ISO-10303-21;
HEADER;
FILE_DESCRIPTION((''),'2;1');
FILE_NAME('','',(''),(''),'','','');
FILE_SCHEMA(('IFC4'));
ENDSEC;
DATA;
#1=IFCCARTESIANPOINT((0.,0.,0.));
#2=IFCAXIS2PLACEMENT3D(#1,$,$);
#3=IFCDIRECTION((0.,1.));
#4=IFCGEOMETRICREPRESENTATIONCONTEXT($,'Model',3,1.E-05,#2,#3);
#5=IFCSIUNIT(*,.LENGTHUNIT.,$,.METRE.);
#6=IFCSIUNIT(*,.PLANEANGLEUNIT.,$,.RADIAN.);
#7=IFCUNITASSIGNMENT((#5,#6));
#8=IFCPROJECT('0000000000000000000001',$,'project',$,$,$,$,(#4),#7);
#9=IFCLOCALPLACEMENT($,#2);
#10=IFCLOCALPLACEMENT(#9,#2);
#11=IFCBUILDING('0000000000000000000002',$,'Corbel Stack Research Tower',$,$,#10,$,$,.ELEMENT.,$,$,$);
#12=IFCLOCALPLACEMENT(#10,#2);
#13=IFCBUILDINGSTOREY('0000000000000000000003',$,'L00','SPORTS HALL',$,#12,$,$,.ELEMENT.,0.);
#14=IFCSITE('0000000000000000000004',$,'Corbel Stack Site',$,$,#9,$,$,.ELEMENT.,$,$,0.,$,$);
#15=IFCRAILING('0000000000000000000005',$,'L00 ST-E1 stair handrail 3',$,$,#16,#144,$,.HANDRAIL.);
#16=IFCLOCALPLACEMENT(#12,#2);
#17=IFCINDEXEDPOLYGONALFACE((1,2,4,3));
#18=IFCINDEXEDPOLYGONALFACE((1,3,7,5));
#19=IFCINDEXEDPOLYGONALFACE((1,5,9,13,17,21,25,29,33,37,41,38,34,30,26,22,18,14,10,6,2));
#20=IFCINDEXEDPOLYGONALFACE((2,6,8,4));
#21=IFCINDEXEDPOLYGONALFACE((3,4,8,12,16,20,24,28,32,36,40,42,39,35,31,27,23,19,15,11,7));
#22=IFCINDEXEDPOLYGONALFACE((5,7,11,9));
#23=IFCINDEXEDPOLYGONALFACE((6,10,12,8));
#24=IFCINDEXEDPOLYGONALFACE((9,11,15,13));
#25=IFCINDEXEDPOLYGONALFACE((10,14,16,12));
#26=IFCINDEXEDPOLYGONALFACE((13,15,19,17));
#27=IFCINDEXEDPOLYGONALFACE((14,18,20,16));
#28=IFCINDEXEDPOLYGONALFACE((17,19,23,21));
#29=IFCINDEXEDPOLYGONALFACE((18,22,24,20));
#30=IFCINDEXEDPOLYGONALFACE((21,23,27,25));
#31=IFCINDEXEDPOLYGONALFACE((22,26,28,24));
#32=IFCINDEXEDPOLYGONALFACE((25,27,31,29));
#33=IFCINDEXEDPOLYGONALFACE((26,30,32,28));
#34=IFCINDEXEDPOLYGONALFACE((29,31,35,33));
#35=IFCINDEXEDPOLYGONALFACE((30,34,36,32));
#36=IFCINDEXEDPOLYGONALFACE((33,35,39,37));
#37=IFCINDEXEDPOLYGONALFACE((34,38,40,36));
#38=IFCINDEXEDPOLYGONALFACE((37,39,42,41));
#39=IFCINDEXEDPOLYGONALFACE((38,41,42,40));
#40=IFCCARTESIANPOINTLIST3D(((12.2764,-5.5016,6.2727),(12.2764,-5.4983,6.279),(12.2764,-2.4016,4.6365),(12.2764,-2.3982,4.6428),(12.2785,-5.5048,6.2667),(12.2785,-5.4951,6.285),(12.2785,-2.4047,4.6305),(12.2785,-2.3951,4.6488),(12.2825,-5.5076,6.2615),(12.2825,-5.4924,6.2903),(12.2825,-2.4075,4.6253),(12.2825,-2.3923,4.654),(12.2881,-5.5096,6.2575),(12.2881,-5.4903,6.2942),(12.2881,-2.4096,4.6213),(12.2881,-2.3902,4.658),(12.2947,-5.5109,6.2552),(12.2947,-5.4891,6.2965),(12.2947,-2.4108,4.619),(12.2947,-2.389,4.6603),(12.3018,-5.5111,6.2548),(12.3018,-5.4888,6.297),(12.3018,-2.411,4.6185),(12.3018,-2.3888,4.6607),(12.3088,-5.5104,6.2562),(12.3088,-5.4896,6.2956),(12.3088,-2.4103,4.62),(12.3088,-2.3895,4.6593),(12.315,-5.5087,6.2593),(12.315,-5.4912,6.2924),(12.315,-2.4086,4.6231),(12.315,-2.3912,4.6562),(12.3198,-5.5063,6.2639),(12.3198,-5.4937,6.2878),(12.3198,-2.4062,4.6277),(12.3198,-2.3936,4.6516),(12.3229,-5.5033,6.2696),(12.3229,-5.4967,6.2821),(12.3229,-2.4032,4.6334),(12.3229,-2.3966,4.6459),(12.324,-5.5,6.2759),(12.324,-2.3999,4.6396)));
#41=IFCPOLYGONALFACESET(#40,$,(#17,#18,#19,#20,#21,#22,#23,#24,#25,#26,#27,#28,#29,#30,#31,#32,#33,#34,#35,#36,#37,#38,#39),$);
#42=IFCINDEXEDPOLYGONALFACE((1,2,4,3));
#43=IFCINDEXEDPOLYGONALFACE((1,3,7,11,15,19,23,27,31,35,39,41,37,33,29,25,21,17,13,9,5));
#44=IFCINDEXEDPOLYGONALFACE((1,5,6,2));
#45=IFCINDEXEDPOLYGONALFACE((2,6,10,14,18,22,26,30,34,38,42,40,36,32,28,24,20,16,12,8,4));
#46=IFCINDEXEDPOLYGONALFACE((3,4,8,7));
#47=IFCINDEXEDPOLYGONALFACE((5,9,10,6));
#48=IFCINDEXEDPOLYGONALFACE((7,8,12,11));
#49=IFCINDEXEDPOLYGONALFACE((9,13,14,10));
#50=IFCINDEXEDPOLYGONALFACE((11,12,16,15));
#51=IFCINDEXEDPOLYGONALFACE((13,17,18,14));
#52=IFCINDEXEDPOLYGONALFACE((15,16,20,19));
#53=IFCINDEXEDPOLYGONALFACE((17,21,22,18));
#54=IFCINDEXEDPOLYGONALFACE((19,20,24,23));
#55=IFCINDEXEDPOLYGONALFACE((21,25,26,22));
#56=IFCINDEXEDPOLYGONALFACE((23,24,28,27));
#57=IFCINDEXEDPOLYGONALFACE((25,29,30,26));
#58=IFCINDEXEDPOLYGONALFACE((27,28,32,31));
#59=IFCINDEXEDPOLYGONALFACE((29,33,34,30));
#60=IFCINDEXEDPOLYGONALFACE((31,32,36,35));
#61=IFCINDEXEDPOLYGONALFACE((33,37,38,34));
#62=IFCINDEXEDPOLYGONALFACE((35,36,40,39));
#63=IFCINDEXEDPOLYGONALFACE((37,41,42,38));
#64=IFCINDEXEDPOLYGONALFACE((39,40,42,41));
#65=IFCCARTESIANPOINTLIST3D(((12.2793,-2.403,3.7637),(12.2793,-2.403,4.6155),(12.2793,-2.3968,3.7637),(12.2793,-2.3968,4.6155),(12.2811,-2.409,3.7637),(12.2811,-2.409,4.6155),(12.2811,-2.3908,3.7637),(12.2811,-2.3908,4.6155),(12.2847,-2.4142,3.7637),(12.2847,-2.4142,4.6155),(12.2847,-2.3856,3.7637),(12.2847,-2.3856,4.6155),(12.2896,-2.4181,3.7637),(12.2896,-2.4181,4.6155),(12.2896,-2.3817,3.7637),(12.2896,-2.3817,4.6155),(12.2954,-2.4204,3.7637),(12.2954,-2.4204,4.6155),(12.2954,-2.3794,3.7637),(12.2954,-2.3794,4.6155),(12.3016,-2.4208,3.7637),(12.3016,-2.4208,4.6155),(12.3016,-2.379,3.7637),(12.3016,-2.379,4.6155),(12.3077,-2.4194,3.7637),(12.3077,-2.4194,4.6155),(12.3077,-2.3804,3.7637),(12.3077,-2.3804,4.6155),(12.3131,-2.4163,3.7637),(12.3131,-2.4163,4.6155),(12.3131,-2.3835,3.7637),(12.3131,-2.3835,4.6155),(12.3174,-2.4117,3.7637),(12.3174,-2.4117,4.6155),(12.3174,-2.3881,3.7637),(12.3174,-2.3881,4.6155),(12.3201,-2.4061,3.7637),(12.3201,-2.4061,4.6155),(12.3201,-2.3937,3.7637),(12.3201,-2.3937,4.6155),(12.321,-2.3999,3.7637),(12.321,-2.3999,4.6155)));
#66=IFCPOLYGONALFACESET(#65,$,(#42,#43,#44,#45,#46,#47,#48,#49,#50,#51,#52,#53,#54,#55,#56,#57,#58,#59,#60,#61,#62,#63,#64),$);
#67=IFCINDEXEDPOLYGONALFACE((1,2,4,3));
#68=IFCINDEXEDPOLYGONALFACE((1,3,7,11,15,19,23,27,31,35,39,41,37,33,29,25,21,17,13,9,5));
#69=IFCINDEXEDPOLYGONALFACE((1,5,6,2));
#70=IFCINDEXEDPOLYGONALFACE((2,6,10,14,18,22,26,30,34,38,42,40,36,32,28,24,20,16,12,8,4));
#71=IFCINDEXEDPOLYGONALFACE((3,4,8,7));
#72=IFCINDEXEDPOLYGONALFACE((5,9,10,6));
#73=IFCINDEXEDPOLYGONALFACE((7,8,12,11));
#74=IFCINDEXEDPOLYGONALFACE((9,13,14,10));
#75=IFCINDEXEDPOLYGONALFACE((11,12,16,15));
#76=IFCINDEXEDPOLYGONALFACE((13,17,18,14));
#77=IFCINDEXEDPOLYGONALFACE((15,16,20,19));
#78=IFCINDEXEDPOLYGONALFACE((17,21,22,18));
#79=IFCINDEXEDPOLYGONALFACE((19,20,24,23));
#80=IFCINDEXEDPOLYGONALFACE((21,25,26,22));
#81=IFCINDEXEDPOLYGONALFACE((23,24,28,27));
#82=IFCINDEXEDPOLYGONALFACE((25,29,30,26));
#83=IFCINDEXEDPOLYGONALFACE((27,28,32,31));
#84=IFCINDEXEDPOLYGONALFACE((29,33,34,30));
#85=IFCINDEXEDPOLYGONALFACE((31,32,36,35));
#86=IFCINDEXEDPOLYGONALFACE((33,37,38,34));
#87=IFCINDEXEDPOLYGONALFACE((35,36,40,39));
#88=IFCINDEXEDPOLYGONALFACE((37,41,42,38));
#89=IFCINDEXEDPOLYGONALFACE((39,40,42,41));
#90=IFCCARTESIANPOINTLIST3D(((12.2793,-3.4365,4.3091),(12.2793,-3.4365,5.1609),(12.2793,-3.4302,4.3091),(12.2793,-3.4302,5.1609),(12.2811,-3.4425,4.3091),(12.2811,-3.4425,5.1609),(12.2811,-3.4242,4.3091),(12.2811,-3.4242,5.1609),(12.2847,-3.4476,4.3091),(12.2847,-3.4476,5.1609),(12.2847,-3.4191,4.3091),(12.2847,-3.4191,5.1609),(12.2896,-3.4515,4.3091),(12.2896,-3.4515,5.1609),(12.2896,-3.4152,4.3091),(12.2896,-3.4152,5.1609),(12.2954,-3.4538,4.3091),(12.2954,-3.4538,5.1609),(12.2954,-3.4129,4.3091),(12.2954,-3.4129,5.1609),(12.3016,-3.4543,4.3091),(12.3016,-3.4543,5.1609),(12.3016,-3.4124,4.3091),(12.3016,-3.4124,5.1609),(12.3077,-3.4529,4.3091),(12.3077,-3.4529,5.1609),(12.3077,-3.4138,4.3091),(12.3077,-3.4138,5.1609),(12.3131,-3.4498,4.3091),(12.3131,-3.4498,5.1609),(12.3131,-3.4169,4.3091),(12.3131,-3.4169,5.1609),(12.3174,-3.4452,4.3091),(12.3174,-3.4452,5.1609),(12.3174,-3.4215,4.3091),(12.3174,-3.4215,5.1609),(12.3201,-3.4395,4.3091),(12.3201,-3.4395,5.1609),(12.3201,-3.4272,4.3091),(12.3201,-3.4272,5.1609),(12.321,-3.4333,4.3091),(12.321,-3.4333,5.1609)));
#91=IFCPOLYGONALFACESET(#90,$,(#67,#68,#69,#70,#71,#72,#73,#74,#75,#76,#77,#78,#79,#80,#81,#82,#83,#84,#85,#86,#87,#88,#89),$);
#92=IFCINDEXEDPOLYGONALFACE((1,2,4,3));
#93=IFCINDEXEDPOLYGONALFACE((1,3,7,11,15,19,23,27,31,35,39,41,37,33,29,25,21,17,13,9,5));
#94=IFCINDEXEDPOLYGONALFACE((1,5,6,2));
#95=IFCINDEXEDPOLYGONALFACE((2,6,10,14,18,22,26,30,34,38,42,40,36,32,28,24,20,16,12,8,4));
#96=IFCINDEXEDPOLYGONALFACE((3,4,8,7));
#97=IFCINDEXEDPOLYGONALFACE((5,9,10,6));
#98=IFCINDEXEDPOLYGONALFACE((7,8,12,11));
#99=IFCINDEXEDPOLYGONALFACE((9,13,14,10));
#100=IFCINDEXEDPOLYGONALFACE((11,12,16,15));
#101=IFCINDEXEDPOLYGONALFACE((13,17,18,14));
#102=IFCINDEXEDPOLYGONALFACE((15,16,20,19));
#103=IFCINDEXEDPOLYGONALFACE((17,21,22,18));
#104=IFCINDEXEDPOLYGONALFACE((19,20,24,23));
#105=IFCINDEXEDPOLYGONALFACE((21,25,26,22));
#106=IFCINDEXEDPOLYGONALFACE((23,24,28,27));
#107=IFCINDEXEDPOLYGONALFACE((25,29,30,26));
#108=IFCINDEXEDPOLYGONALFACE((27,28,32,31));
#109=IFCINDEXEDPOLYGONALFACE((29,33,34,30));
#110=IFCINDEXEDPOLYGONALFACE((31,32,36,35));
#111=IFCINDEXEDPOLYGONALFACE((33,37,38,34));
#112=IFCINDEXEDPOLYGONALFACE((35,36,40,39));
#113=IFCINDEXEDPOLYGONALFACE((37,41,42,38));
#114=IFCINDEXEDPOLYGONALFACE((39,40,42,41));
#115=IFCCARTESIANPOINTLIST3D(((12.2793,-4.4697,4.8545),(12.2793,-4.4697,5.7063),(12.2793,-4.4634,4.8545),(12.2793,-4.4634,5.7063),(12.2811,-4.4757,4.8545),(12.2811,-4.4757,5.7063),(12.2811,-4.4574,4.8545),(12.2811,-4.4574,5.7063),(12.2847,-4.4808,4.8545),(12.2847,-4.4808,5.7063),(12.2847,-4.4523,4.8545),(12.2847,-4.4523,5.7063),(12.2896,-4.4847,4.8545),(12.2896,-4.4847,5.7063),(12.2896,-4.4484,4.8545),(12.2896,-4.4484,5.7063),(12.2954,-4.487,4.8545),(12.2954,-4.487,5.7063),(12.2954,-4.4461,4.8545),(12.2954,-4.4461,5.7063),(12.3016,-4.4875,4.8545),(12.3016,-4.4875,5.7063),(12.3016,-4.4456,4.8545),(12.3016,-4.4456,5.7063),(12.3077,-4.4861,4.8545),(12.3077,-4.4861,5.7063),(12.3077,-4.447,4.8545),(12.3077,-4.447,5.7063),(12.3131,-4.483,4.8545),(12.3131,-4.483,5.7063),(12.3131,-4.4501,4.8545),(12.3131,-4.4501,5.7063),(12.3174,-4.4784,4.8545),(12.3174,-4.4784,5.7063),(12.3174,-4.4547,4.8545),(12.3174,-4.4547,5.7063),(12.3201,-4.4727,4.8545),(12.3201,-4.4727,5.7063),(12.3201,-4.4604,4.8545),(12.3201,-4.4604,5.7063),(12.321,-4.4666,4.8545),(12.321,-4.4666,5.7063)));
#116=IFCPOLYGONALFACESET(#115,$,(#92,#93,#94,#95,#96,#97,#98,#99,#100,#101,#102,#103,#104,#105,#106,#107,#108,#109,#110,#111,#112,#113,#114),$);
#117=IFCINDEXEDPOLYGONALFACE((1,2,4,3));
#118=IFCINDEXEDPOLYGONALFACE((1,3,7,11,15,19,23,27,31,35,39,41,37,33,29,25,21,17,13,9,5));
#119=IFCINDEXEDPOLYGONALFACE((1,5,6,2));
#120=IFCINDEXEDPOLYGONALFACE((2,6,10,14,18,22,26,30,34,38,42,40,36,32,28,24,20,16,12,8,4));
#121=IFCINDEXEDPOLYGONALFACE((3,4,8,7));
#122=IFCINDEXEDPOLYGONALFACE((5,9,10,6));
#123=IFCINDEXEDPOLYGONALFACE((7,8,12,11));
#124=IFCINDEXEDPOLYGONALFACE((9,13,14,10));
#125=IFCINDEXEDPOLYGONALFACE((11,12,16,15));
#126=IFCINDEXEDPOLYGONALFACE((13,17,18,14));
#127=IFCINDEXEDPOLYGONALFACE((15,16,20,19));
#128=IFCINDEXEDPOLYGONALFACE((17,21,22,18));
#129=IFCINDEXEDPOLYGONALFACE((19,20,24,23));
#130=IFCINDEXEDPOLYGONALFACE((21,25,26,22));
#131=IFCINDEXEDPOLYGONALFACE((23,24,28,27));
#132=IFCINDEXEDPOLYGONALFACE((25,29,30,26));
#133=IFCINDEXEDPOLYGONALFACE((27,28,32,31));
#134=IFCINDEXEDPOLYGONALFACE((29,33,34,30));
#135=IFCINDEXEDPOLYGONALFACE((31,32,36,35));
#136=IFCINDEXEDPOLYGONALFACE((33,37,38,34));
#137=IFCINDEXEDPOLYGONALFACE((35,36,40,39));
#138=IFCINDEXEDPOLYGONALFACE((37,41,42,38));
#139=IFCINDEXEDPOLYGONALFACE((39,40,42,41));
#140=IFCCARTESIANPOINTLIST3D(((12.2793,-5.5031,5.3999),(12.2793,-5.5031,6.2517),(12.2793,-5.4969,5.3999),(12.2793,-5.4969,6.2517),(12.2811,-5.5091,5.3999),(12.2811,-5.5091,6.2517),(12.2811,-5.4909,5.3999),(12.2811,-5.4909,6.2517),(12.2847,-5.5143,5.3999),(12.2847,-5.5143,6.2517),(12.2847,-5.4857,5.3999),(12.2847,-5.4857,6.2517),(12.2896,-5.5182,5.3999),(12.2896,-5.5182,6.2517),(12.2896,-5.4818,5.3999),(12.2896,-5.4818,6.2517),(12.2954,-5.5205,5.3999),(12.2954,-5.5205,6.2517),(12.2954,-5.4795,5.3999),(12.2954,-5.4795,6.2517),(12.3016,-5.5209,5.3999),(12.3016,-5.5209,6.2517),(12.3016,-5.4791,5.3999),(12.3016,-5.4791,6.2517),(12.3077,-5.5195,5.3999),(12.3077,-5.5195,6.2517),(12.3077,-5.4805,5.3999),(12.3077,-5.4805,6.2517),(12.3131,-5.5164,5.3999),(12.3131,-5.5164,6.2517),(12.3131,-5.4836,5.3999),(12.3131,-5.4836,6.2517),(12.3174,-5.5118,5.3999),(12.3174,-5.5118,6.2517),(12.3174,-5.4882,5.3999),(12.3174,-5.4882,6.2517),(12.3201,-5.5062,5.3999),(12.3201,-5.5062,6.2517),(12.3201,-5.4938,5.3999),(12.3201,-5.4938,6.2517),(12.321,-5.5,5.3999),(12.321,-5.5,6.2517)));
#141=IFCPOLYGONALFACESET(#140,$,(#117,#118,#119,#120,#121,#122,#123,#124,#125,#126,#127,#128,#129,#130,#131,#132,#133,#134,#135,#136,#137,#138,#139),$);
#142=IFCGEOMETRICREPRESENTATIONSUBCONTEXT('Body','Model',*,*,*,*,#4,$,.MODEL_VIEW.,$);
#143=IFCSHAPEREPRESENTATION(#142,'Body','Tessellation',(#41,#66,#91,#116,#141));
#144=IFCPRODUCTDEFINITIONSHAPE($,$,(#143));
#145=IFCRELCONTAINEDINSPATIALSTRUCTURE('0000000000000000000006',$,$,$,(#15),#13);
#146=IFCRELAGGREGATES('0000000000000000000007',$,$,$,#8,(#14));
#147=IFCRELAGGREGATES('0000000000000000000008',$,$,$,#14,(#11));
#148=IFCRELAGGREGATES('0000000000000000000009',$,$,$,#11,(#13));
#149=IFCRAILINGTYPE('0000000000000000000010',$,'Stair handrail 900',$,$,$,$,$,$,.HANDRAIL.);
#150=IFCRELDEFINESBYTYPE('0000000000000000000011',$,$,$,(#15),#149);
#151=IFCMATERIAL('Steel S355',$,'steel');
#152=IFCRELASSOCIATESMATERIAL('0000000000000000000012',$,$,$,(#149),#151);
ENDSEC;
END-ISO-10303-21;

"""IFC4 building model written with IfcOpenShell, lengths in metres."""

from ifc_helpers import new_model, si_unit, direction, frame, origin, origin_2d, place, context, subcontext, project, spatial, circle, extrude, material, type_object, element, save


model = new_model("IFC4")

# Units and contexts
model_context = context("Model", 3, precision=1e-05, world=origin(), true_north=direction((0.0, 1.0)))
body_context = subcontext(model_context, "Body", "Model", "MODEL_VIEW")
ifc_project = project(units=[si_unit("LENGTHUNIT", "METRE"), si_unit("PLANEANGLEUNIT", "RADIAN")], contexts=[model_context])

# Site, building, storey
site_placement = place(None, origin())
site = spatial("IfcSite", under=ifc_project, at=site_placement, Name="Corbel Stack Site", CompositionType="ELEMENT", RefElevation=0.0)
building_placement = place(site_placement, origin())
building = spatial("IfcBuilding", under=site, at=building_placement, Name="Corbel Stack Research Tower", CompositionType="ELEMENT")
storey_placement = place(building_placement, origin())
storey = spatial("IfcBuildingStorey", under=building, at=storey_placement, Name="L00", Description="SPORTS HALL", CompositionType="ELEMENT", Elevation=0.0)

# Railing
ifc_material_1 = material(Name="Steel S355", Category="steel")
railing_type_1 = type_object("IfcRailingType", Name="Stair handrail 900", PredefinedType="HANDRAIL", material=ifc_material_1)
railing_1_placement = place(storey_placement, frame((12.3, -2.3999, 3.7637)))
element("IfcRailing", 1, at=railing_1_placement, inside=storey, type_object=railing_type_1, Name="L00 ST-E1 stair handrail 3", PredefinedType="HANDRAIL", context=body_context, shape_type="SweptSolid", body=[
    extrude(circle(Radius=0.0239, at=origin_2d()), frame((0.0, 0.0, 0.876), z_axis=(0.0, -0.884377, 0.466774), x_axis=(1.0, 0.0, 0.0)), (0.0, 0.0, 1.0), 3.5054),
    extrude(circle(Radius=0.021, at=origin_2d()), origin(), (0.0, 0.0, 1.0), 0.8518),
    extrude(circle(Radius=0.021, at=origin_2d()), frame((0.0, -1.0334, 0.5454)), (0.0, 0.0, 1.0), 0.8518),
    extrude(circle(Radius=0.021, at=origin_2d()), frame((0.0, -2.0667, 1.0908)), (0.0, 0.0, 1.0), 0.8518),
    extrude(circle(Radius=0.021, at=origin_2d()), frame((0.0, -3.1001, 1.6362)), (0.0, 0.0, 1.0), 0.8518),
])

save(model, "model.ifc")
